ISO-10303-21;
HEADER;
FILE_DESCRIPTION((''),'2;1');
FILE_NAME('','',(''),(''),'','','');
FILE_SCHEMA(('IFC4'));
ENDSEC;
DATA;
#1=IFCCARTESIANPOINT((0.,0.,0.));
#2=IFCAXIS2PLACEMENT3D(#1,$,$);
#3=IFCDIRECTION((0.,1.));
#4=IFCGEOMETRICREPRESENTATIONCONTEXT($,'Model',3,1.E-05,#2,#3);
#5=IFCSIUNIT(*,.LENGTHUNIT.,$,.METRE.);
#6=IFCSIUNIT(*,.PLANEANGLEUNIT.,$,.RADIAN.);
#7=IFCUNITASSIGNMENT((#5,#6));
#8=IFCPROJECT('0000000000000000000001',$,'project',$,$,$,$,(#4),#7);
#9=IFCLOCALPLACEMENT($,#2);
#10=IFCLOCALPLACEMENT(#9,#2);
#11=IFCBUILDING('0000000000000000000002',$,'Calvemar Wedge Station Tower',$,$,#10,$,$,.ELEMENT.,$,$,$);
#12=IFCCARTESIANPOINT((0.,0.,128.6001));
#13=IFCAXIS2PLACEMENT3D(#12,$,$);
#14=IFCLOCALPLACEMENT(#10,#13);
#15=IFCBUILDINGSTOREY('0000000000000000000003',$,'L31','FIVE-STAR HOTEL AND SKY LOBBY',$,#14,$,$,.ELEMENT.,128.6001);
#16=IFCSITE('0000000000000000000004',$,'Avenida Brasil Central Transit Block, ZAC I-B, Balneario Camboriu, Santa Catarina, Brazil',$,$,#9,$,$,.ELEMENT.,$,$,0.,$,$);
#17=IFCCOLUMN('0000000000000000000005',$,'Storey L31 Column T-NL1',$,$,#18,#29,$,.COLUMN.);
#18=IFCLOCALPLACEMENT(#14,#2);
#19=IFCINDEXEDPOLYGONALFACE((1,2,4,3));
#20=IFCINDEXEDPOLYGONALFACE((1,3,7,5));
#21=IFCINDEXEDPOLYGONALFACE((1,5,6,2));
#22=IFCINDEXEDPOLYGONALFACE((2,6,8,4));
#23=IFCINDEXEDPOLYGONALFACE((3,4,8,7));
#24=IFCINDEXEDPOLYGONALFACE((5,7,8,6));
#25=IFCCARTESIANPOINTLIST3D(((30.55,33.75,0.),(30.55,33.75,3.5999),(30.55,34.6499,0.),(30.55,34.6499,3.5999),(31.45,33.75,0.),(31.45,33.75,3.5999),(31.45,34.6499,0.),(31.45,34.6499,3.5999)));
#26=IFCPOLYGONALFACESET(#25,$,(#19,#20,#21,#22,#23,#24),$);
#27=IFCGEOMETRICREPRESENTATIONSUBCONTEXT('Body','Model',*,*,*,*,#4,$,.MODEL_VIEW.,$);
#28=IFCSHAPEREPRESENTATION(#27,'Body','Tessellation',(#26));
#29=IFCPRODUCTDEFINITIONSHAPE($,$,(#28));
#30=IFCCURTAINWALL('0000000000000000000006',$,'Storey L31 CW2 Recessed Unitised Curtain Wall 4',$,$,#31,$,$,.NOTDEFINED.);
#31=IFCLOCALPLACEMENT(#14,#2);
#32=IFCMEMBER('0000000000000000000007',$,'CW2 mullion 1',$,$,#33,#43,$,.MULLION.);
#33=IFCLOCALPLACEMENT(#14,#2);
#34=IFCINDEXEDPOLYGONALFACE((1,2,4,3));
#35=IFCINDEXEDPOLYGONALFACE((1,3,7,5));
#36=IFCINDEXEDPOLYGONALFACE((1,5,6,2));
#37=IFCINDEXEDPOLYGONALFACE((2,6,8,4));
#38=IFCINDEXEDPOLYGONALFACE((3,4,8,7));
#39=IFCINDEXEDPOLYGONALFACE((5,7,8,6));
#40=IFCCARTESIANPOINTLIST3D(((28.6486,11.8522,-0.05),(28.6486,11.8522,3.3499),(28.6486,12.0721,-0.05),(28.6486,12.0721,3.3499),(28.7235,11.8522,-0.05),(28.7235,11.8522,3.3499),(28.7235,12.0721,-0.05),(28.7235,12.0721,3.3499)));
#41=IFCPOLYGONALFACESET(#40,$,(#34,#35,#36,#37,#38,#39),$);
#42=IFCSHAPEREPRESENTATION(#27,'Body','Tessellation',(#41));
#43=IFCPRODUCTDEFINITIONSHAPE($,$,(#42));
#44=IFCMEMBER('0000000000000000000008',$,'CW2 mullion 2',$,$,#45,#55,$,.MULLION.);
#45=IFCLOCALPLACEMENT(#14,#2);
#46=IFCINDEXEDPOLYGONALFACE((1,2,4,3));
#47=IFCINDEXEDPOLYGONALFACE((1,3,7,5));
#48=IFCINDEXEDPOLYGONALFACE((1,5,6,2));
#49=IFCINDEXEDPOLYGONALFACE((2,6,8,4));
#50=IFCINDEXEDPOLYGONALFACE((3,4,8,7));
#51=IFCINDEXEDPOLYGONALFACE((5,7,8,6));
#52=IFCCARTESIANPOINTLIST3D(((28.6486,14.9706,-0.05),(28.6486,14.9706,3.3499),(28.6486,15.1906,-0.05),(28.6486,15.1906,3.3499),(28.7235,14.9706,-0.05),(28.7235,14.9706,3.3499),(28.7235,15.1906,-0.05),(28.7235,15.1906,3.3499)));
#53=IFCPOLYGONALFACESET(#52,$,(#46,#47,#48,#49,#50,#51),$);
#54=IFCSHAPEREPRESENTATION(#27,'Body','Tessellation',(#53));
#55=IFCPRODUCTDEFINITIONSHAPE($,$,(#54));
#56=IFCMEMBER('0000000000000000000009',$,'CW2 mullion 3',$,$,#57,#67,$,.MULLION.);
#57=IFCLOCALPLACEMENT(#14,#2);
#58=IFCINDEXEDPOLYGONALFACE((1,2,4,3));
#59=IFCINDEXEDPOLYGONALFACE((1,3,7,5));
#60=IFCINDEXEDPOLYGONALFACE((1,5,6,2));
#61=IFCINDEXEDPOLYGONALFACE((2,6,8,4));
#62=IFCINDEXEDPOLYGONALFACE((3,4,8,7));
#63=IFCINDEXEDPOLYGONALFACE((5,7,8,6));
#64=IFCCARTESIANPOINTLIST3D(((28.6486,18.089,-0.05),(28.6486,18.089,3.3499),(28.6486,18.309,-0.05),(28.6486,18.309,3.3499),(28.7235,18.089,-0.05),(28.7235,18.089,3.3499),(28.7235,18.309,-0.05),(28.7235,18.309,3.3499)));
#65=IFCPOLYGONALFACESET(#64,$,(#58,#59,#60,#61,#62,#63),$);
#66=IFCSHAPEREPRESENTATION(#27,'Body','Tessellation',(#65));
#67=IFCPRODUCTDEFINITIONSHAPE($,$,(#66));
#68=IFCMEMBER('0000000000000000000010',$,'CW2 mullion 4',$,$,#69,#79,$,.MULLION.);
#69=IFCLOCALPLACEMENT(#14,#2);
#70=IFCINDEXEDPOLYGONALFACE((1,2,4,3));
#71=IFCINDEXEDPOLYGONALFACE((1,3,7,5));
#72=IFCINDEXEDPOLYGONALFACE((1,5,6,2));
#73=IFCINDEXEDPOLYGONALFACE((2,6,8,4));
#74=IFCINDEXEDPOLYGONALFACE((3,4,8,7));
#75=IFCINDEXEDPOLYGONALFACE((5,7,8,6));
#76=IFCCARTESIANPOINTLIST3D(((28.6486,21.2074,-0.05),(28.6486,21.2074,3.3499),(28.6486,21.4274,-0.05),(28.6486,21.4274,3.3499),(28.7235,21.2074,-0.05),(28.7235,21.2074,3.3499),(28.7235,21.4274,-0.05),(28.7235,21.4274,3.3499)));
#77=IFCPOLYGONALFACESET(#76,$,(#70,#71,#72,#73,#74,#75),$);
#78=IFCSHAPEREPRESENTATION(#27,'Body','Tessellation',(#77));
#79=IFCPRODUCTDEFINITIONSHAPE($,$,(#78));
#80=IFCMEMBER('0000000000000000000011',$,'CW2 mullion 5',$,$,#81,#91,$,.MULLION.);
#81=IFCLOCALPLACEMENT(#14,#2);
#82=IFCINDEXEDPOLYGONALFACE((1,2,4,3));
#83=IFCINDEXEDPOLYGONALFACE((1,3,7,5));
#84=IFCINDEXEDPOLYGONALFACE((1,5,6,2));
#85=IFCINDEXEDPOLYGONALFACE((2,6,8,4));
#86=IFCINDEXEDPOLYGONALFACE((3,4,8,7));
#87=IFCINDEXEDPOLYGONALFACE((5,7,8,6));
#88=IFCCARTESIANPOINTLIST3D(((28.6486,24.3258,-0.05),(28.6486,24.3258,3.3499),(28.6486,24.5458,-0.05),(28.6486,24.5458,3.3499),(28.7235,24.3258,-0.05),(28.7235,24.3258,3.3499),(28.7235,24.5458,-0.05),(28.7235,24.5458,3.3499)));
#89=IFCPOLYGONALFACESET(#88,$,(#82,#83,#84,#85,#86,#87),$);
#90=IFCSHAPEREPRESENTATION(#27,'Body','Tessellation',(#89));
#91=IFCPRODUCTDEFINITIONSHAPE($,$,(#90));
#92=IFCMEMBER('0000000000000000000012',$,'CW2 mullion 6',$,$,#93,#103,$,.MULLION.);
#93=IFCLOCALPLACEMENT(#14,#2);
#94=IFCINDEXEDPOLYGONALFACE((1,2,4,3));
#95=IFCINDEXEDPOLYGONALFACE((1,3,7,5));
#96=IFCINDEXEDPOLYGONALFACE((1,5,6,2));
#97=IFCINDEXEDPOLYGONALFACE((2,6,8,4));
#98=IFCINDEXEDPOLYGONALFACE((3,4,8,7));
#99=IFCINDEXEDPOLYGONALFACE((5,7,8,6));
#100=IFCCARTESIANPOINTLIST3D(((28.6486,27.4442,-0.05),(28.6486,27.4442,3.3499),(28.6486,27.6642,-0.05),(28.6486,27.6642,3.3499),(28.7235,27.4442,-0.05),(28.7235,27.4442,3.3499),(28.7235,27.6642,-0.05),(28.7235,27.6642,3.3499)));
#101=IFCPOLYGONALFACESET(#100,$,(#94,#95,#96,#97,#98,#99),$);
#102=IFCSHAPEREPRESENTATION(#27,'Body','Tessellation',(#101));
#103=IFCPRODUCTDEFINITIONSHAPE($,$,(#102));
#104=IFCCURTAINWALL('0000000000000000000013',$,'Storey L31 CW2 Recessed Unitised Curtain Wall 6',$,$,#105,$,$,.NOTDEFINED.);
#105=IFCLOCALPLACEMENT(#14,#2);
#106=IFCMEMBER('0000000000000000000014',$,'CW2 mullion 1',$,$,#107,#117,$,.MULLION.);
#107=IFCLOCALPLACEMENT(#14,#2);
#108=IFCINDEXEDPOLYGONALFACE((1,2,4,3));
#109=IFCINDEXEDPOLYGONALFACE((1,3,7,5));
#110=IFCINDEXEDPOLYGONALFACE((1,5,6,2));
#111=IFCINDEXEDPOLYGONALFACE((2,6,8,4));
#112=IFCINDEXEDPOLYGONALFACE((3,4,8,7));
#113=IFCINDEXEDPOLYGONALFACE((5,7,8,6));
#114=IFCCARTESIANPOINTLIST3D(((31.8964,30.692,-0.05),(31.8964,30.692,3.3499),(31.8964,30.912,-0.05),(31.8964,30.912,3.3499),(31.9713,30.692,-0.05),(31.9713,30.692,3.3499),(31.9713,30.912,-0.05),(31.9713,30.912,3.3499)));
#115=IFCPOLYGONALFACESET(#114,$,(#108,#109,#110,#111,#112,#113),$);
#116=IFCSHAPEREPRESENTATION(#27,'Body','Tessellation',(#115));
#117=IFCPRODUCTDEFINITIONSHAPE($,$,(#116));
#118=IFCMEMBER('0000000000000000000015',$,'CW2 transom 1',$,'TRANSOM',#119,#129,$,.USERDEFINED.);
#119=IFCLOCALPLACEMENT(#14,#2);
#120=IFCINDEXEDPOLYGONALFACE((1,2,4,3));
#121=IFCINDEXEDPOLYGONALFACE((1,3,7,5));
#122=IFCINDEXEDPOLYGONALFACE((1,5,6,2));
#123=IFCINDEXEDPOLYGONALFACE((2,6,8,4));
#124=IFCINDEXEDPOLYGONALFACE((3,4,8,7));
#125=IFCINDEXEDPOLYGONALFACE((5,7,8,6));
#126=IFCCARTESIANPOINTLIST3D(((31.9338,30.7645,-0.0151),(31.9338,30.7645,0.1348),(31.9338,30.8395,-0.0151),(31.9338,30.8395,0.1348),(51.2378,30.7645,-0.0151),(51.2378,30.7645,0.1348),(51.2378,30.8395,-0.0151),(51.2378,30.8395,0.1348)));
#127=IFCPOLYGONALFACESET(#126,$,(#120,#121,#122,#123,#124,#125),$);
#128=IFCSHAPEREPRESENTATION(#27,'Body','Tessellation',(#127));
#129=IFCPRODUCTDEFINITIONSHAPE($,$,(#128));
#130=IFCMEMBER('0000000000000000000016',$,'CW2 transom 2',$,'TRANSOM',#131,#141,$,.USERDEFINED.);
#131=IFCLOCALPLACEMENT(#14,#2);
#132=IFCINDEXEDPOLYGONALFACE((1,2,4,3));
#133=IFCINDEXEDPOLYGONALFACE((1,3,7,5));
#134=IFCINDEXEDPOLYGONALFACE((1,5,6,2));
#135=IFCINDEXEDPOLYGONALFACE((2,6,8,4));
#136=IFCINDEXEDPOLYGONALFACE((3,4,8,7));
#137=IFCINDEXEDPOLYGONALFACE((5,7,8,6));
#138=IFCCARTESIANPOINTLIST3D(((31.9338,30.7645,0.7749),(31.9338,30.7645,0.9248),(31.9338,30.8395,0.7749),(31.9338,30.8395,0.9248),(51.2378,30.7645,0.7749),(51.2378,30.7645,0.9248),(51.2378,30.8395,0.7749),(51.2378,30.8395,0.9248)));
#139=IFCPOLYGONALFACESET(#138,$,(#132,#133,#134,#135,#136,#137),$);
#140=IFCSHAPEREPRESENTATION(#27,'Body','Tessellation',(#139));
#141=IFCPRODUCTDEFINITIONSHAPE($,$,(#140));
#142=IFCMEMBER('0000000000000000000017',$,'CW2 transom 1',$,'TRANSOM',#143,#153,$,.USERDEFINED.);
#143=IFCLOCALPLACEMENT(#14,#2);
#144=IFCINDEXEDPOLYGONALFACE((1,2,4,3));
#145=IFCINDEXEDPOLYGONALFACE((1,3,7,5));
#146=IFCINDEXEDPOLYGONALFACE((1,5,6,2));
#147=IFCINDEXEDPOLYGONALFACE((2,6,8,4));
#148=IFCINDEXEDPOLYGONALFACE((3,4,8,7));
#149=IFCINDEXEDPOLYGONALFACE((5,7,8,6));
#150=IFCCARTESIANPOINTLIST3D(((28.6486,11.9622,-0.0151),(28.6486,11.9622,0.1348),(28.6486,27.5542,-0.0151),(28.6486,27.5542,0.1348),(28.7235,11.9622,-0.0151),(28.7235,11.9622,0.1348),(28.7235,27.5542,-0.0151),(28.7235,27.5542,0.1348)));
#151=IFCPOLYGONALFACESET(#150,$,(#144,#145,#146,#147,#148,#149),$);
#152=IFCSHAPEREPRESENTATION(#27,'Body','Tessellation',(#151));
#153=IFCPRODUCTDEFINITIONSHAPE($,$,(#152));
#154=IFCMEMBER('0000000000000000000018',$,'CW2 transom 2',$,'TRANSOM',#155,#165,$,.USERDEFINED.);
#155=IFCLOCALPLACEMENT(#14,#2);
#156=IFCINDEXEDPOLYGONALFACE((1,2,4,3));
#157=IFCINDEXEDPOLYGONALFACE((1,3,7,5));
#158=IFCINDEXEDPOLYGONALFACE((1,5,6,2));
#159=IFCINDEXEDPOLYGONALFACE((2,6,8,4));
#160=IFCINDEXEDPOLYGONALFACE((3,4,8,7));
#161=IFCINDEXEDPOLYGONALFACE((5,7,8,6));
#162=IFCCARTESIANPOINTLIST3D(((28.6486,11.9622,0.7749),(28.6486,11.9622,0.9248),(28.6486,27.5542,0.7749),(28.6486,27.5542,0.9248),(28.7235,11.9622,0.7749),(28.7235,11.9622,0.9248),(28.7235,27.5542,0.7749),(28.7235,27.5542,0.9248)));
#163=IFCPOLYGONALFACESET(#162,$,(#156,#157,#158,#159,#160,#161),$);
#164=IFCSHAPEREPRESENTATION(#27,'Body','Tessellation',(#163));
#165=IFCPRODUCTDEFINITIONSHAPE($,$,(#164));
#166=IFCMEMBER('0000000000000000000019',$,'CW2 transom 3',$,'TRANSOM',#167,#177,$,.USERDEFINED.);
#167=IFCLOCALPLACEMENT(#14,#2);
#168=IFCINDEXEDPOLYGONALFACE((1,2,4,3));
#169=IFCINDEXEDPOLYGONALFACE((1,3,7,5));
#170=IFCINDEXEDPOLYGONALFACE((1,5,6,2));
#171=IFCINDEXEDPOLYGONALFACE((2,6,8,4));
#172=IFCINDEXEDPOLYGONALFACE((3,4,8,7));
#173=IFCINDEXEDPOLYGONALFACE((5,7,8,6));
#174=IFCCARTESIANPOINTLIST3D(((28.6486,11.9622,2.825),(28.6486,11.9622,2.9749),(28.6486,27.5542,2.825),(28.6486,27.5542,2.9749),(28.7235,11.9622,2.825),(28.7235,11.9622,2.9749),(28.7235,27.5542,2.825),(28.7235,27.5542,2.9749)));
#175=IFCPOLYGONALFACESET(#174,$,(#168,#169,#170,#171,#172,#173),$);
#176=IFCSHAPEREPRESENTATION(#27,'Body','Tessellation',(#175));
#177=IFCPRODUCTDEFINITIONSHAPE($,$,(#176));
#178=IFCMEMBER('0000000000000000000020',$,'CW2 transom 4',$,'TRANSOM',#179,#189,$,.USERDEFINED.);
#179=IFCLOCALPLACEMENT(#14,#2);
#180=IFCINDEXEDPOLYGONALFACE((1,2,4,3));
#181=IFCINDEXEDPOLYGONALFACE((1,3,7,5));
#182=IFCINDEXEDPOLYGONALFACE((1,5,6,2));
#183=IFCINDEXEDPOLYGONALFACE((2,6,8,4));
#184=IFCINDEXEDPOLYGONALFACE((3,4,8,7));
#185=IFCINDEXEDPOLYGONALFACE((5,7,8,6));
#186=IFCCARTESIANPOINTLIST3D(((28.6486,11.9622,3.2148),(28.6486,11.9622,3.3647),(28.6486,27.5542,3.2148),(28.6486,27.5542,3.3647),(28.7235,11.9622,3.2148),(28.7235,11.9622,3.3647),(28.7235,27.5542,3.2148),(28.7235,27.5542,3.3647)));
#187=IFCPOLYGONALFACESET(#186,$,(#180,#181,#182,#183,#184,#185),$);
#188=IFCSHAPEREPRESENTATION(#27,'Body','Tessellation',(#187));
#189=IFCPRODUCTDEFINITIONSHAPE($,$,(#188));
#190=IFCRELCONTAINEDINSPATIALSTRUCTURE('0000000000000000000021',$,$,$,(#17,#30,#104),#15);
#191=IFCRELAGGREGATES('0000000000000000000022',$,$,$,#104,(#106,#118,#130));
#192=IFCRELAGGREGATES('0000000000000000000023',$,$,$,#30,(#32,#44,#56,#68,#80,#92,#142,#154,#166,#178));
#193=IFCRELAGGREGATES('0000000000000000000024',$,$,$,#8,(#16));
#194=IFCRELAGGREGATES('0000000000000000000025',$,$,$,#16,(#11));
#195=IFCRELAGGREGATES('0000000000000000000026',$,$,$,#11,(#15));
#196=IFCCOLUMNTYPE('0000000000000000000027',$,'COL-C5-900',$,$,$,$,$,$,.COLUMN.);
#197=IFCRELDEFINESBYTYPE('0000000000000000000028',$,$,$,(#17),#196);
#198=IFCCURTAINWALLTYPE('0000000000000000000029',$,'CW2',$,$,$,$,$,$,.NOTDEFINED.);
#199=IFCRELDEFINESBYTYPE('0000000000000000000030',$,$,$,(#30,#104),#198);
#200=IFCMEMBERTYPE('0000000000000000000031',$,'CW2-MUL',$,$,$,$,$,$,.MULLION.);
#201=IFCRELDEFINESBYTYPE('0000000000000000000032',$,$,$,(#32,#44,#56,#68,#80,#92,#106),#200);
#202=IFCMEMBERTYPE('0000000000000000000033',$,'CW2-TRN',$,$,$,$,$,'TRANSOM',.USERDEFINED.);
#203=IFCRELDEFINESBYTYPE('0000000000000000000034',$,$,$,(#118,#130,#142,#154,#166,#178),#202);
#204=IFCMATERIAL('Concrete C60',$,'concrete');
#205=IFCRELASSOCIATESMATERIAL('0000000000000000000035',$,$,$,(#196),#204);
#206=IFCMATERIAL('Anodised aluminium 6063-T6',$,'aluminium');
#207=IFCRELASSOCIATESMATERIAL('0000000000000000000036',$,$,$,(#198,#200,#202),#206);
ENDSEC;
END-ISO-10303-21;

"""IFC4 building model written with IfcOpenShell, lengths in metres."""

from ifc_helpers import new_model, si_unit, direction, frame, origin, origin_2d, place, context, subcontext, project, spatial, rectangle, extrude, source, transform, mapped, material, material_profile, profile_set, type_object, element, aggregate, save


model = new_model("IFC4")

# Units and contexts
model_context = context("Model", 3, precision=1e-05, world=origin(), true_north=direction((0.0, 1.0)))
body_context = subcontext(model_context, "Body", "Model", "MODEL_VIEW")
ifc_project = project(units=[si_unit("LENGTHUNIT", "METRE"), si_unit("PLANEANGLEUNIT", "RADIAN")], contexts=[model_context])

# Site, building, storey
site_placement = place(None, origin())
site = spatial("IfcSite", under=ifc_project, at=site_placement, Name="Avenida Brasil Central Transit Block, ZAC I-B, Balneario Camboriu, Santa Catarina, Brazil", CompositionType="ELEMENT", RefElevation=0.0)
building_placement = place(site_placement, origin())
building = spatial("IfcBuilding", under=site, at=building_placement, Name="Calvemar Wedge Station Tower", CompositionType="ELEMENT")
storey_placement = place(building_placement, frame((0.0, 0.0, 128.6001)))
storey = spatial("IfcBuildingStorey", under=building, at=storey_placement, Name="L31", Description="FIVE-STAR HOTEL AND SKY LOBBY", CompositionType="ELEMENT", Elevation=128.6001)

# Column
ifc_material_1 = material(Name="Concrete C60", Category="concrete")
ifc_material_profile_1 = material_profile(ifc_material_1, rectangle(XDim=0.8999, YDim=0.8999, at=origin_2d()), Name="RC900x900")
ifc_profile_set_1 = profile_set([ifc_material_profile_1], Name="Concrete C60")
column_type = type_object("IfcColumnType", Name="COL-C5-900", PredefinedType="COLUMN", material=ifc_profile_set_1)
shared_shape_1 = source(origin(), body_context, "Body", "SweptSolid", [
    extrude(rectangle(XDim=0.8999, YDim=0.8999, at=origin_2d()), origin(), (0.0, 0.0, 1.0), 3.5999),
])
column_placement = place(storey_placement, frame((31.0, 34.2, 0.0), z_axis=(0.0, 0.0, 1.0), x_axis=(1.0, 0.0, 0.0)))
element("IfcColumn", 1, at=column_placement, inside=storey, type_object=column_type, Name="Storey L31 Column T-NL1", PredefinedType="COLUMN", context=body_context, shape_type="MappedRepresentation", body=[
    mapped(shared_shape_1, transform((0.0, 0.0, 0.0), scale=1.0)),
])

# Curtain walls, members
ifc_material_2 = material(Name="Anodised aluminium 6063-T6", Category="aluminium")
curtain_wall_type = type_object("IfcCurtainWallType", Name="CW2", PredefinedType="NOTDEFINED", material=ifc_material_2)
curtain_wall_1_placement = place(storey_placement, origin())
curtain_wall_1 = element("IfcCurtainWall", 2, at=curtain_wall_1_placement, inside=storey, type_object=curtain_wall_type, Name="Storey L31 CW2 Recessed Unitised Curtain Wall 4", PredefinedType="NOTDEFINED")
ifc_material_profile_2 = material_profile(ifc_material_2, rectangle(XDim=0.075, YDim=0.22, at=origin_2d()), Name="AL-MUL-75x220")
ifc_profile_set_2 = profile_set([ifc_material_profile_2], Name="Anodised aluminium 6063-T6")
member_type_1 = type_object("IfcMemberType", Name="CW2-MUL", PredefinedType="MULLION", material=ifc_profile_set_2)
shared_shape_2 = source(origin(), body_context, "Body", "SweptSolid", [
    extrude(rectangle(XDim=0.075, YDim=0.22, at=origin_2d()), origin(), (0.0, 0.0, 1.0), 3.3999),
])
member_1_placement = place(storey_placement, frame((28.686, 11.9622, -0.05), z_axis=(0.0, 0.0, 1.0), x_axis=(1.0, 0.0, 0.0)))
member_1 = element("IfcMember", 3, at=member_1_placement, type_object=member_type_1, Name="CW2 mullion 1", PredefinedType="MULLION", context=body_context, shape_type="MappedRepresentation", body=[
    mapped(shared_shape_2, transform((0.0, 0.0, 0.0), scale=1.0)),
])
member_2_placement = place(storey_placement, frame((28.686, 15.0806, -0.05), z_axis=(0.0, 0.0, 1.0), x_axis=(1.0, 0.0, 0.0)))
member_2 = element("IfcMember", 4, at=member_2_placement, type_object=member_type_1, Name="CW2 mullion 2", PredefinedType="MULLION", context=body_context, shape_type="MappedRepresentation", body=[
    mapped(shared_shape_2, transform((0.0, 0.0, 0.0), scale=1.0)),
])
member_3_placement = place(storey_placement, frame((28.686, 18.199, -0.05), z_axis=(0.0, 0.0, 1.0), x_axis=(1.0, 0.0, 0.0)))
member_3 = element("IfcMember", 5, at=member_3_placement, type_object=member_type_1, Name="CW2 mullion 3", PredefinedType="MULLION", context=body_context, shape_type="MappedRepresentation", body=[
    mapped(shared_shape_2, transform((0.0, 0.0, 0.0), scale=1.0)),
])
member_4_placement = place(storey_placement, frame((28.686, 21.3174, -0.05), z_axis=(0.0, 0.0, 1.0), x_axis=(1.0, 0.0, 0.0)))
member_4 = element("IfcMember", 6, at=member_4_placement, type_object=member_type_1, Name="CW2 mullion 4", PredefinedType="MULLION", context=body_context, shape_type="MappedRepresentation", body=[
    mapped(shared_shape_2, transform((0.0, 0.0, 0.0), scale=1.0)),
])
member_5_placement = place(storey_placement, frame((28.686, 24.4358, -0.05), z_axis=(0.0, 0.0, 1.0), x_axis=(1.0, 0.0, 0.0)))
member_5 = element("IfcMember", 7, at=member_5_placement, type_object=member_type_1, Name="CW2 mullion 5", PredefinedType="MULLION", context=body_context, shape_type="MappedRepresentation", body=[
    mapped(shared_shape_2, transform((0.0, 0.0, 0.0), scale=1.0)),
])
member_6_placement = place(storey_placement, frame((28.686, 27.5542, -0.05), z_axis=(0.0, 0.0, 1.0), x_axis=(1.0, 0.0, 0.0)))
member_6 = element("IfcMember", 8, at=member_6_placement, type_object=member_type_1, Name="CW2 mullion 6", PredefinedType="MULLION", context=body_context, shape_type="MappedRepresentation", body=[
    mapped(shared_shape_2, transform((0.0, 0.0, 0.0), scale=1.0)),
])
curtain_wall_2_placement = place(storey_placement, origin())
curtain_wall_2 = element("IfcCurtainWall", 9, at=curtain_wall_2_placement, inside=storey, type_object=curtain_wall_type, Name="Storey L31 CW2 Recessed Unitised Curtain Wall 6", PredefinedType="NOTDEFINED")
member_7_placement = place(storey_placement, frame((31.9338, 30.802, -0.05), z_axis=(0.0, 0.0, 1.0), x_axis=(1.0, 0.0, 0.0)))
member_7 = element("IfcMember", 10, at=member_7_placement, type_object=member_type_1, Name="CW2 mullion 1", PredefinedType="MULLION", context=body_context, shape_type="MappedRepresentation", body=[
    mapped(shared_shape_2, transform((0.0, 0.0, 0.0), scale=1.0)),
])
ifc_material_profile_3 = material_profile(ifc_material_2, rectangle(XDim=0.075, YDim=0.1499, at=origin_2d()), Name="AL-TRN-75x150")
ifc_profile_set_3 = profile_set([ifc_material_profile_3], Name="Anodised aluminium 6063-T6")
member_type_2 = type_object("IfcMemberType", Name="CW2-TRN", ElementType="TRANSOM", PredefinedType="USERDEFINED", material=ifc_profile_set_3)
shared_shape_3 = source(origin(), body_context, "Body", "SweptSolid", [
    extrude(rectangle(XDim=0.075, YDim=0.1499, at=origin_2d()), origin(), (0.0, 0.0, 1.0), 19.304),
])
member_8_placement = place(storey_placement, frame((31.9338, 30.802, 0.0598), z_axis=(1.0, 0.0, 0.0), x_axis=(0.0, 1.0, 0.0)))
member_8 = element("IfcMember", 11, at=member_8_placement, type_object=member_type_2, Name="CW2 transom 1", ObjectType="TRANSOM", PredefinedType="USERDEFINED", context=body_context, shape_type="MappedRepresentation", body=[
    mapped(shared_shape_3, transform((0.0, 0.0, 0.0), scale=1.0)),
])
member_9_placement = place(storey_placement, frame((31.9338, 30.802, 0.8499), z_axis=(1.0, 0.0, 0.0), x_axis=(0.0, 1.0, 0.0)))
member_9 = element("IfcMember", 12, at=member_9_placement, type_object=member_type_2, Name="CW2 transom 2", ObjectType="TRANSOM", PredefinedType="USERDEFINED", context=body_context, shape_type="MappedRepresentation", body=[
    mapped(shared_shape_3, transform((0.0, 0.0, 0.0), scale=1.0)),
])
aggregate(curtain_wall_2, [member_7, member_8, member_9])

# Members
shared_shape_4 = source(origin(), body_context, "Body", "SweptSolid", [
    extrude(rectangle(XDim=0.075, YDim=0.1499, at=origin_2d()), origin(), (0.0, 0.0, 1.0), 15.592),
])
member_10_placement = place(storey_placement, frame((28.686, 11.9622, 0.0598), z_axis=(0.0, 1.0, 0.0), x_axis=(-1.0, 0.0, 0.0)))
member_10 = element("IfcMember", 13, at=member_10_placement, type_object=member_type_2, Name="CW2 transom 1", ObjectType="TRANSOM", PredefinedType="USERDEFINED", context=body_context, shape_type="MappedRepresentation", body=[
    mapped(shared_shape_4, transform((0.0, 0.0, 0.0), scale=1.0)),
])
member_11_placement = place(storey_placement, frame((28.686, 11.9622, 0.8499), z_axis=(0.0, 1.0, 0.0), x_axis=(-1.0, 0.0, 0.0)))
member_11 = element("IfcMember", 14, at=member_11_placement, type_object=member_type_2, Name="CW2 transom 2", ObjectType="TRANSOM", PredefinedType="USERDEFINED", context=body_context, shape_type="MappedRepresentation", body=[
    mapped(shared_shape_4, transform((0.0, 0.0, 0.0), scale=1.0)),
])
member_12_placement = place(storey_placement, frame((28.686, 11.9622, 2.8999), z_axis=(0.0, 1.0, 0.0), x_axis=(-1.0, 0.0, 0.0)))
member_12 = element("IfcMember", 15, at=member_12_placement, type_object=member_type_2, Name="CW2 transom 3", ObjectType="TRANSOM", PredefinedType="USERDEFINED", context=body_context, shape_type="MappedRepresentation", body=[
    mapped(shared_shape_4, transform((0.0, 0.0, 0.0), scale=1.0)),
])
member_13_placement = place(storey_placement, frame((28.686, 11.9622, 3.2898), z_axis=(0.0, 1.0, 0.0), x_axis=(-1.0, 0.0, 0.0)))
member_13 = element("IfcMember", 16, at=member_13_placement, type_object=member_type_2, Name="CW2 transom 4", ObjectType="TRANSOM", PredefinedType="USERDEFINED", context=body_context, shape_type="MappedRepresentation", body=[
    mapped(shared_shape_4, transform((0.0, 0.0, 0.0), scale=1.0)),
])

aggregate(curtain_wall_1, [member_1, member_2, member_3, member_4, member_5, member_6, member_10, member_11, member_12, member_13])

save(model, "model.ifc")
